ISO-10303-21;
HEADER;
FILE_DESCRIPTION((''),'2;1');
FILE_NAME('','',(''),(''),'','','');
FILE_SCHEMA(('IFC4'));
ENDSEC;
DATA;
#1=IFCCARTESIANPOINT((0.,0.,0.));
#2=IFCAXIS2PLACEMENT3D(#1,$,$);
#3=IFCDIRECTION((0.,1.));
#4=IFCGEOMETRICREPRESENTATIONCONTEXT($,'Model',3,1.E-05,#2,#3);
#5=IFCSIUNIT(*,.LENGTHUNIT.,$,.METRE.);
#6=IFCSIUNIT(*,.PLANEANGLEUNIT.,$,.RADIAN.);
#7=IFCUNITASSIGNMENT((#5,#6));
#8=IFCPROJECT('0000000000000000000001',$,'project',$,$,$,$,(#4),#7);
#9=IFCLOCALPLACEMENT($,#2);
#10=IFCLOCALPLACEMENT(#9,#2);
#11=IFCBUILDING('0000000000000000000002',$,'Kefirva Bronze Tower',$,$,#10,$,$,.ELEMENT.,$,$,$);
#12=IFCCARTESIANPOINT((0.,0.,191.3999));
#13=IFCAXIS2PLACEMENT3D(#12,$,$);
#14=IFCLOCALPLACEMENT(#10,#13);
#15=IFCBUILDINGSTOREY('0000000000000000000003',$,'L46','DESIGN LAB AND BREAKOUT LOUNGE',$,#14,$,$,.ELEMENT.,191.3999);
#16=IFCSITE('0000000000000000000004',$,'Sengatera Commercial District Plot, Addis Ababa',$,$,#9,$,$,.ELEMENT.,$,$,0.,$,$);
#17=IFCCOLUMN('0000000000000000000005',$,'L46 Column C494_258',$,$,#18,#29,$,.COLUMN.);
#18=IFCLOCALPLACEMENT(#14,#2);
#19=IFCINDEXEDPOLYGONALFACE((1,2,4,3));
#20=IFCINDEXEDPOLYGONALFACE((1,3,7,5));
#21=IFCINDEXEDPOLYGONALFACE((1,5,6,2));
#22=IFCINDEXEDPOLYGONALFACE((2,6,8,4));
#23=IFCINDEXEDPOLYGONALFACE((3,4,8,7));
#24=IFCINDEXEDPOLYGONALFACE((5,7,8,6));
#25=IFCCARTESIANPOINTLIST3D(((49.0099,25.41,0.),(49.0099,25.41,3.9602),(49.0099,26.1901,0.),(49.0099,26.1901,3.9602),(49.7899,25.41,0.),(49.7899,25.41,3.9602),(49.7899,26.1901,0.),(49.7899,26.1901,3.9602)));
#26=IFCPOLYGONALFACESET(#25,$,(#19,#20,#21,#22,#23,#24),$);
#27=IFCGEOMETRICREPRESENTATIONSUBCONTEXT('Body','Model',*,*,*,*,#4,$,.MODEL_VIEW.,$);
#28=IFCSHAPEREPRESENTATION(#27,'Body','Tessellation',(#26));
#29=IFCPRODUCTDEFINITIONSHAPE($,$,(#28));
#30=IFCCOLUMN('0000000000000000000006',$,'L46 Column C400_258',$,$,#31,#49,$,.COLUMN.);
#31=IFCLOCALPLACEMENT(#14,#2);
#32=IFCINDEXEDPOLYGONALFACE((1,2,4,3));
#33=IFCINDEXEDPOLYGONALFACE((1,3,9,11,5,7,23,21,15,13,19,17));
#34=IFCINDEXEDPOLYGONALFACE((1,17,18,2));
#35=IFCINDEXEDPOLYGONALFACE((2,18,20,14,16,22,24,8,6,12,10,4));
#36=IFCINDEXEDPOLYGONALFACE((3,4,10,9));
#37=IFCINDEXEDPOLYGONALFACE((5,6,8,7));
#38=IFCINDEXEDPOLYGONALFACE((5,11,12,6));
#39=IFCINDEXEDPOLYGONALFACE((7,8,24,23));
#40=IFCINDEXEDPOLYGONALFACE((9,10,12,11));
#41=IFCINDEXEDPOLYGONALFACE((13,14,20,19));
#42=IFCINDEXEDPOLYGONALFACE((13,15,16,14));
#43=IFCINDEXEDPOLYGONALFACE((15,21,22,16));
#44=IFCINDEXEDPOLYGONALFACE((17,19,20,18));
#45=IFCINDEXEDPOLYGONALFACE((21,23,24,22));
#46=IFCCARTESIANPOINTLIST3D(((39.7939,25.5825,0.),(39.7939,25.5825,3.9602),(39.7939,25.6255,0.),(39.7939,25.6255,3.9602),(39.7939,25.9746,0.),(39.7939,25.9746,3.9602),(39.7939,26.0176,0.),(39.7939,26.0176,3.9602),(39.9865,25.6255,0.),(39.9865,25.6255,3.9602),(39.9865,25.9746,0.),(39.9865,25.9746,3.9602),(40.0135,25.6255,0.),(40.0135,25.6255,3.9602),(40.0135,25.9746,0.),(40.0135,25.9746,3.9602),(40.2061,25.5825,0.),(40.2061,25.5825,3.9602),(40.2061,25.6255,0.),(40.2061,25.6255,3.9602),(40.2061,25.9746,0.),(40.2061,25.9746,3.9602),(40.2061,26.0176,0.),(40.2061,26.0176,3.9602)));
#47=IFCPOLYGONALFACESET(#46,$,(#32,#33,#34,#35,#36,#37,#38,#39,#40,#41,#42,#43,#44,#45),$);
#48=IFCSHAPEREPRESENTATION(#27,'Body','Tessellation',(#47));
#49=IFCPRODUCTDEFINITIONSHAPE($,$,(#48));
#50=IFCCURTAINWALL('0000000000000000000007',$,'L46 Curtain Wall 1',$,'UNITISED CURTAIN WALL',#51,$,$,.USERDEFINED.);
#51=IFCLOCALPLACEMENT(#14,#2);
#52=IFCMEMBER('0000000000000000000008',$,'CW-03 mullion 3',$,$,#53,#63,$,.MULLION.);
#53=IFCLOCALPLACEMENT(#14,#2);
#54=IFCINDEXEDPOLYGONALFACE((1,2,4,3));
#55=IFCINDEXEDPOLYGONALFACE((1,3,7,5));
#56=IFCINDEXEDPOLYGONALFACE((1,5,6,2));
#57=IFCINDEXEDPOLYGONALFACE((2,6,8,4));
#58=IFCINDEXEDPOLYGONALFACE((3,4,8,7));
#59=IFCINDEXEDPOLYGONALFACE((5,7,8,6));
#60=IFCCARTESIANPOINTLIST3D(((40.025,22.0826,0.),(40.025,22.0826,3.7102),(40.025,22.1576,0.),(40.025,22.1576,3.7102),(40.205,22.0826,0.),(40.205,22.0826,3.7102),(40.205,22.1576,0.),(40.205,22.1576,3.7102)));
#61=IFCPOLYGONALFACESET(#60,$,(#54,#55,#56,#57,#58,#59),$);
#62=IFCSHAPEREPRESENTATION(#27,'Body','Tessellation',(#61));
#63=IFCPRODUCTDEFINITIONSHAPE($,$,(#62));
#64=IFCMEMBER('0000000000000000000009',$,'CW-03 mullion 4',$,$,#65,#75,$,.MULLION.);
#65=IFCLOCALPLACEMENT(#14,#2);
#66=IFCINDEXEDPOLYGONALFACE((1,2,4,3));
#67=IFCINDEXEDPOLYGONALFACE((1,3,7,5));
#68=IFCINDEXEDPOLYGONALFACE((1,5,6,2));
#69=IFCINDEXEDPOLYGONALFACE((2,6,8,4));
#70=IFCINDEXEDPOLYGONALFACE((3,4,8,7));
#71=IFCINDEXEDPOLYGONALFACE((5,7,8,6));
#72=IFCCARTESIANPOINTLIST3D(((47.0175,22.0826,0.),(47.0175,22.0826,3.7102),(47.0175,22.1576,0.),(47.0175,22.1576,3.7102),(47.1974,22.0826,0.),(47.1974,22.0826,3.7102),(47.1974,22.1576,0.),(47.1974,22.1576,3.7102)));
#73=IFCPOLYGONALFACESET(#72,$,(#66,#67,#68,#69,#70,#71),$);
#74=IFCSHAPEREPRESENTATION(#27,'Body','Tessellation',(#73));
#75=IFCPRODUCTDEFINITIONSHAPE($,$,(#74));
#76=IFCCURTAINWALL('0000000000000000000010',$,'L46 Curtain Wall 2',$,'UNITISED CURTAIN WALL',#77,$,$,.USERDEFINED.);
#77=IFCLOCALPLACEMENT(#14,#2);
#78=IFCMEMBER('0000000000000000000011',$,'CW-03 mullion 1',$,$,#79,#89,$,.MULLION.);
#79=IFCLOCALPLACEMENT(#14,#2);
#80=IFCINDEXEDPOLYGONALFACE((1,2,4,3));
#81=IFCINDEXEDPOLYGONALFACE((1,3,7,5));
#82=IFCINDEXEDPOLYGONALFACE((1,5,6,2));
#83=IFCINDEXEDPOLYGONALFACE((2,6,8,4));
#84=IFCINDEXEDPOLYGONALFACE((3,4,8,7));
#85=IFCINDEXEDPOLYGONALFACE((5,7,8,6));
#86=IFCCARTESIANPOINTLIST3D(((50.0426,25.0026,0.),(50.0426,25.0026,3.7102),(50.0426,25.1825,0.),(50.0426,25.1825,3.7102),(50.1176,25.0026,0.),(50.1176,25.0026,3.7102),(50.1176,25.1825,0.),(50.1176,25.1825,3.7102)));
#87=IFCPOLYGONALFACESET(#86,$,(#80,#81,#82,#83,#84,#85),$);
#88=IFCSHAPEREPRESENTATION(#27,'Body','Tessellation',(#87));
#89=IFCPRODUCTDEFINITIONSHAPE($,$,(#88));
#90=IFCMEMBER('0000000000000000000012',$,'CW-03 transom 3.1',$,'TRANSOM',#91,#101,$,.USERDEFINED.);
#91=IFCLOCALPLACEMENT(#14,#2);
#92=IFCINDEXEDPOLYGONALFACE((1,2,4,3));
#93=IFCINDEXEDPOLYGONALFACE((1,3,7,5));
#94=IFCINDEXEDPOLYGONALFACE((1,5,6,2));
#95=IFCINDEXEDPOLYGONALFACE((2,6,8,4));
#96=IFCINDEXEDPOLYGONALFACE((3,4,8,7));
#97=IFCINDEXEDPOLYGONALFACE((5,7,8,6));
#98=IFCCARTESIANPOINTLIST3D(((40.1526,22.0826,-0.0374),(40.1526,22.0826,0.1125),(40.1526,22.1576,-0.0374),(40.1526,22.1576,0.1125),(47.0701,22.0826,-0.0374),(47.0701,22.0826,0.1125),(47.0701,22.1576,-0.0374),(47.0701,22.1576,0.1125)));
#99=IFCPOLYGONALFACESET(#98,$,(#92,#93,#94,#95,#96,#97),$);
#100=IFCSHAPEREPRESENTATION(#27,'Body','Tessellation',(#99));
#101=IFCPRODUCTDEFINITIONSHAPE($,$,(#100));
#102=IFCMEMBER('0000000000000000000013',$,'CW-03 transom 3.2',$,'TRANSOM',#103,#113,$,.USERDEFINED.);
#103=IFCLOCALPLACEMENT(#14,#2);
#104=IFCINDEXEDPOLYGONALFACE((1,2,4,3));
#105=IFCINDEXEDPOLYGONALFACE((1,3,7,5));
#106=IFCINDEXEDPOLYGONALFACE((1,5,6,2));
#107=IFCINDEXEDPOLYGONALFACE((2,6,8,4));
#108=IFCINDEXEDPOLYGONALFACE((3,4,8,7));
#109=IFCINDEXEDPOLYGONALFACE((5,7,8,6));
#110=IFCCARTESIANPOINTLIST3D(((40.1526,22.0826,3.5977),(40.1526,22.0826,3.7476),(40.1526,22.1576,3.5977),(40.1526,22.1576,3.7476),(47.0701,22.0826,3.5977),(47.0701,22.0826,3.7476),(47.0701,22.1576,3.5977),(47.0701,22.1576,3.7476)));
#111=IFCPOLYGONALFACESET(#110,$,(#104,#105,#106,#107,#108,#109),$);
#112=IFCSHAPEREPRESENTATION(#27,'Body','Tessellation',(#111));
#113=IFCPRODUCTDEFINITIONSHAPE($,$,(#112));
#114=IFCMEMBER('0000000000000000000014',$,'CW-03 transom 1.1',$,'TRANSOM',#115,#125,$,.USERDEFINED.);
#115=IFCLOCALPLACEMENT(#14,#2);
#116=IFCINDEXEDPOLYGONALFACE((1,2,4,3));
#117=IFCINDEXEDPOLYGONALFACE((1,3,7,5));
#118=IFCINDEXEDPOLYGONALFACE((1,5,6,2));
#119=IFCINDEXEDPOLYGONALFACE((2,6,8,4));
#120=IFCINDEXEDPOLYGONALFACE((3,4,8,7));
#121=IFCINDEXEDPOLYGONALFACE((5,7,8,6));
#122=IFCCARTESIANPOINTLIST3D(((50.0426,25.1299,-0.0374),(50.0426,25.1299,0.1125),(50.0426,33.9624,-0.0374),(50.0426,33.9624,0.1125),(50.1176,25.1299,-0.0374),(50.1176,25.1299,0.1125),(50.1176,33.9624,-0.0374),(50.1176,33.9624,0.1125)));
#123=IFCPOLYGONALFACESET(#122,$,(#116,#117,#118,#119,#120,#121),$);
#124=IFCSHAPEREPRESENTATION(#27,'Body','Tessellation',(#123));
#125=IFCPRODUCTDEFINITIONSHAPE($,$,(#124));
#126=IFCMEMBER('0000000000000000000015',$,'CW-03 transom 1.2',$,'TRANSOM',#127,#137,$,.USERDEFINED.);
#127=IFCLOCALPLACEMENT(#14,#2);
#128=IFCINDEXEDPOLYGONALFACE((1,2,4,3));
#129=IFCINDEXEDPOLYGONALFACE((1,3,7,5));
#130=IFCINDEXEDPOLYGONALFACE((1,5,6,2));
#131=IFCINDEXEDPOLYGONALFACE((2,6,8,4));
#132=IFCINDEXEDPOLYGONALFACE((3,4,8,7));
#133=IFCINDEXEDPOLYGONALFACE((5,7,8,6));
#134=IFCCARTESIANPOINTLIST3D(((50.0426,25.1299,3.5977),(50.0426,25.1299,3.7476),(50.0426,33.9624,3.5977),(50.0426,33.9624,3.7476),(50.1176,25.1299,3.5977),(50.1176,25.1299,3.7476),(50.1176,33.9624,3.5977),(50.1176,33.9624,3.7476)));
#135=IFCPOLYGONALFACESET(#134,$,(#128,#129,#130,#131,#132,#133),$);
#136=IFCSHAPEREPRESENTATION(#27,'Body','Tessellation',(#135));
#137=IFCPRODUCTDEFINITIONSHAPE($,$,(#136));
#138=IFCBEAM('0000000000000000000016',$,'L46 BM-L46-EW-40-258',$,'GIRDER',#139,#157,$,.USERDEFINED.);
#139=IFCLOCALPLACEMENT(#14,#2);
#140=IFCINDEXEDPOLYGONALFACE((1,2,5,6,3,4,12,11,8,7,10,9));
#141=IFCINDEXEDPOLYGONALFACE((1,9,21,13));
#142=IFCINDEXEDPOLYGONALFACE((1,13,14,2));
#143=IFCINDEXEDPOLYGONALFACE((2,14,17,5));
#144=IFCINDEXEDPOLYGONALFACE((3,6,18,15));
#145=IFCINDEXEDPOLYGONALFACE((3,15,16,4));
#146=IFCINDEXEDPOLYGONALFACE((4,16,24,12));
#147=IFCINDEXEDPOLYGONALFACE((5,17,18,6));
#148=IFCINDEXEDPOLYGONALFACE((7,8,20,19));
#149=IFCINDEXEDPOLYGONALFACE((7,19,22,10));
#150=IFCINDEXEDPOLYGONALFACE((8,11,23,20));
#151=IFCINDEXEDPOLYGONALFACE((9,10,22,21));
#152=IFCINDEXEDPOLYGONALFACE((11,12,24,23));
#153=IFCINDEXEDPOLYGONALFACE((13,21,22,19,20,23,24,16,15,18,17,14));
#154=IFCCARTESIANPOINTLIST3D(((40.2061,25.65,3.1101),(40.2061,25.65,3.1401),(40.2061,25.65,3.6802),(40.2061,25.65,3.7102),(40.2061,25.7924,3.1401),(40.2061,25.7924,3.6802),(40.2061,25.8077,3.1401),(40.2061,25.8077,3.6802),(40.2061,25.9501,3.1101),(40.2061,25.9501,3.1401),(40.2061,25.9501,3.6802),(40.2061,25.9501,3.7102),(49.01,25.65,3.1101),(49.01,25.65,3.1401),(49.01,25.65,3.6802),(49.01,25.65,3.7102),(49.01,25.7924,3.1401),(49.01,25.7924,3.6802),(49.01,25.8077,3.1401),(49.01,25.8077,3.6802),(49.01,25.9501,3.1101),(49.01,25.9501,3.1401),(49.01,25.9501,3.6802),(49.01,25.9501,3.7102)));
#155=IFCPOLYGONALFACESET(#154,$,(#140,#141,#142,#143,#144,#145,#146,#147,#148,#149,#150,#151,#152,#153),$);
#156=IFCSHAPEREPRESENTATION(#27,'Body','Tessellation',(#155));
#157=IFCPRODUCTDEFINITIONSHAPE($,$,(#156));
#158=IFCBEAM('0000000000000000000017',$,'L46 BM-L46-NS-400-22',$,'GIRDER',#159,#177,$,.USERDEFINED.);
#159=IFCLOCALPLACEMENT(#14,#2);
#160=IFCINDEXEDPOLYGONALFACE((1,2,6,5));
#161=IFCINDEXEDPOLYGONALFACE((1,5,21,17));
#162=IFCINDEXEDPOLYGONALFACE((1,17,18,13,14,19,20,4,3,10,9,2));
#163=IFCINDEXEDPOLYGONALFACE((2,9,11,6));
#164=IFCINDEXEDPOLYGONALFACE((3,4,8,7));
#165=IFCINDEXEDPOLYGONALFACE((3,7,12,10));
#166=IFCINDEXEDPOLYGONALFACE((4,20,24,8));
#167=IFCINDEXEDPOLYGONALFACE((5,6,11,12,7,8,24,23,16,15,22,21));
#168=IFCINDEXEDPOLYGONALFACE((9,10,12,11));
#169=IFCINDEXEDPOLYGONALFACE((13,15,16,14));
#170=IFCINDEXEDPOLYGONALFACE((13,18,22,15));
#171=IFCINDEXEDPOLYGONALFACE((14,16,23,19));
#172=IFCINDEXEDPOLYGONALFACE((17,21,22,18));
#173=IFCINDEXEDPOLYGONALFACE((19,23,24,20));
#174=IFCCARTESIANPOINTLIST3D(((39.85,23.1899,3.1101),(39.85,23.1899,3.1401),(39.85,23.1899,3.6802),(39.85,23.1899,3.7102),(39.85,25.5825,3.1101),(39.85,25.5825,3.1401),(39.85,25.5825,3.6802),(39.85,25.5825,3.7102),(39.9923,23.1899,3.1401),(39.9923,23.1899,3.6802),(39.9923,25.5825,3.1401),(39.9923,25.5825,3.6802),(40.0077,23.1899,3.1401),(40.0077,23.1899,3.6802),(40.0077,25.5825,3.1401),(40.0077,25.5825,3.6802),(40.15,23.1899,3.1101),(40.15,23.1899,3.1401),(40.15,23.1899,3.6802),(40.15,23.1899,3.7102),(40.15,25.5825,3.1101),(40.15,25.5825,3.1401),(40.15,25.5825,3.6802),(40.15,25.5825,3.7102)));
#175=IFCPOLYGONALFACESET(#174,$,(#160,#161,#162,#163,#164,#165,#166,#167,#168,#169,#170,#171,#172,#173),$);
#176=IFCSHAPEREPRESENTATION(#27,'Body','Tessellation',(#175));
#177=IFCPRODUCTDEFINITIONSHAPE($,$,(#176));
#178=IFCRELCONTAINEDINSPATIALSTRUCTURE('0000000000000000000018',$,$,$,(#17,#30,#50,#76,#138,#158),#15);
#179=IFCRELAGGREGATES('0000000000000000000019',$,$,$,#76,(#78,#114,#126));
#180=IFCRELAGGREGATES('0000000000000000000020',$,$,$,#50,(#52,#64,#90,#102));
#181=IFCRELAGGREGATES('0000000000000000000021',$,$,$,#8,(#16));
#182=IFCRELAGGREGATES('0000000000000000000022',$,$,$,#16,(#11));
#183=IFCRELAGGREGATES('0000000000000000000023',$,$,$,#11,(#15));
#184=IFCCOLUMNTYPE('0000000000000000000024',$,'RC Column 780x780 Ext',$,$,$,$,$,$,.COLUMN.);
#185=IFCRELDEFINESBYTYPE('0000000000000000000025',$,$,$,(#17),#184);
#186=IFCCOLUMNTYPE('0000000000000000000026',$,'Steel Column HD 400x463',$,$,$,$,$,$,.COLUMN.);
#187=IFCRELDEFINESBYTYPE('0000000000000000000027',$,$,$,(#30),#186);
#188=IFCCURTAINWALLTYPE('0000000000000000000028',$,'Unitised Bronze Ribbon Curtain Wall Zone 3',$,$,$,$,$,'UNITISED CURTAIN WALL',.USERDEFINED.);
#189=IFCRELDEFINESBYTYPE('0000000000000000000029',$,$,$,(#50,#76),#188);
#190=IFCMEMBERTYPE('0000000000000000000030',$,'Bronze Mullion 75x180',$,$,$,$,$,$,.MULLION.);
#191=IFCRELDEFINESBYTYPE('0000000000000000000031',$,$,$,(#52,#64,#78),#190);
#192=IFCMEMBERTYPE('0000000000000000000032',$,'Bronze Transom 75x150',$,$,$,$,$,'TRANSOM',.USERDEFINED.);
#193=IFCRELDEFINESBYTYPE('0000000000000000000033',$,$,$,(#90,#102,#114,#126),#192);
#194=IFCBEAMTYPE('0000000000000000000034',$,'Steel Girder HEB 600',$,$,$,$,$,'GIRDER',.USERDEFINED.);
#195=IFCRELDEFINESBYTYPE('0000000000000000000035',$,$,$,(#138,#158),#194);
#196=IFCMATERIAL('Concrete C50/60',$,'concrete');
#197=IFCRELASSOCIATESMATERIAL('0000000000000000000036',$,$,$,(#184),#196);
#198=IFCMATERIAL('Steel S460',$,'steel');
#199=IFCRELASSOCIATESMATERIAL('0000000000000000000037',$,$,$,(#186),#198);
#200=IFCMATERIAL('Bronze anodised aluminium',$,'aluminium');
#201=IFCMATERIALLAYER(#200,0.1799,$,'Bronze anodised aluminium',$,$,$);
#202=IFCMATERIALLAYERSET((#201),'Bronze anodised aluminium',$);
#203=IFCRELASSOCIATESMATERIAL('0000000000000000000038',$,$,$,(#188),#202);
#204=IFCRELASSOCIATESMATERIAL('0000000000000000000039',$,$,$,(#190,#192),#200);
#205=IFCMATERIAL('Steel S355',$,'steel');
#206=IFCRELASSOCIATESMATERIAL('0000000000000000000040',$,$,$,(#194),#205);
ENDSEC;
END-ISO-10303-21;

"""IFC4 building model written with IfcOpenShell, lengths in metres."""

from ifc_helpers import new_model, si_unit, direction, frame, origin, origin_2d, place, context, subcontext, project, spatial, rectangle, i_section, extrude, material, layer, layer_set, material_profile, profile_set, type_object, element, aggregate, save


model = new_model("IFC4")

# Units and contexts
model_context = context("Model", 3, precision=1e-05, world=origin(), true_north=direction((0.0, 1.0)))
body_context = subcontext(model_context, "Body", "Model", "MODEL_VIEW")
ifc_project = project(units=[si_unit("LENGTHUNIT", "METRE"), si_unit("PLANEANGLEUNIT", "RADIAN")], contexts=[model_context])

# Site, building, storey
site_placement = place(None, origin())
site = spatial("IfcSite", under=ifc_project, at=site_placement, Name="Sengatera Commercial District Plot, Addis Ababa", CompositionType="ELEMENT", RefElevation=0.0)
building_placement = place(site_placement, origin())
building = spatial("IfcBuilding", under=site, at=building_placement, Name="Kefirva Bronze Tower", CompositionType="ELEMENT")
storey_placement = place(building_placement, frame((0.0, 0.0, 191.3999)))
storey = spatial("IfcBuildingStorey", under=building, at=storey_placement, Name="L46", Description="DESIGN LAB AND BREAKOUT LOUNGE", CompositionType="ELEMENT", Elevation=191.3999)

# Columns
ifc_material_1 = material(Name="Concrete C50/60", Category="concrete")
ifc_material_profile_1 = material_profile(ifc_material_1, rectangle(XDim=0.78, YDim=0.78, at=origin_2d()), Name="RC 780x780")
ifc_profile_set_1 = profile_set([ifc_material_profile_1], Name="Concrete C50/60")
column_type_1 = type_object("IfcColumnType", Name="RC Column 780x780 Ext", PredefinedType="COLUMN", material=ifc_profile_set_1)
column_1_placement = place(storey_placement, frame((49.3999, 25.8, 0.0), z_axis=(0.0, 0.0, 1.0), x_axis=(1.0, 0.0, 0.0)))
element("IfcColumn", 1, at=column_1_placement, inside=storey, type_object=column_type_1, Name="L46 Column C494_258", PredefinedType="COLUMN", context=body_context, shape_type="SweptSolid", body=[
    extrude(rectangle(XDim=0.78, YDim=0.78, at=origin_2d()), origin(), (0.0, 0.0, 1.0), 3.9602),
])
ifc_material_2 = material(Name="Steel S460", Category="steel")
ifc_material_profile_2 = material_profile(ifc_material_2, i_section(OverallWidth=0.4121, OverallDepth=0.4351, WebThickness=0.0271, FlangeThickness=0.043, at=origin_2d()), Name="HD 400x463")
ifc_profile_set_2 = profile_set([ifc_material_profile_2], Name="Steel S460")
column_type_2 = type_object("IfcColumnType", Name="Steel Column HD 400x463", PredefinedType="COLUMN", material=ifc_profile_set_2)
column_2_placement = place(storey_placement, frame((40.0, 25.8, 0.0), z_axis=(0.0, 0.0, 1.0), x_axis=(1.0, 0.0, 0.0)))
element("IfcColumn", 2, at=column_2_placement, inside=storey, type_object=column_type_2, Name="L46 Column C400_258", PredefinedType="COLUMN", context=body_context, shape_type="SweptSolid", body=[
    extrude(i_section(OverallWidth=0.4121, OverallDepth=0.4351, WebThickness=0.0271, FlangeThickness=0.043, at=origin_2d()), origin(), (0.0, 0.0, 1.0), 3.9602),
])

# Curtain wall, members
ifc_material_3 = material(Name="Bronze anodised aluminium", Category="aluminium")
ifc_layer_1 = layer(ifc_material_3, 0.1799, Name="Bronze anodised aluminium")
ifc_layer_set_1 = layer_set([ifc_layer_1], Name="Bronze anodised aluminium")
curtain_wall_type = type_object("IfcCurtainWallType", Name="Unitised Bronze Ribbon Curtain Wall Zone 3", ElementType="UNITISED CURTAIN WALL", PredefinedType="USERDEFINED", material=ifc_layer_set_1)
curtain_wall_1_placement = place(storey_placement, origin())
curtain_wall_1 = element("IfcCurtainWall", 3, at=curtain_wall_1_placement, inside=storey, type_object=curtain_wall_type, Name="L46 Curtain Wall 1", ObjectType="UNITISED CURTAIN WALL", PredefinedType="USERDEFINED")
ifc_material_profile_3 = material_profile(ifc_material_3, rectangle(XDim=0.075, YDim=0.1799, at=origin_2d()), Name="ALU 75x180")
ifc_profile_set_3 = profile_set([ifc_material_profile_3], Name="Bronze anodised aluminium")
member_type_1 = type_object("IfcMemberType", Name="Bronze Mullion 75x180", PredefinedType="MULLION", material=ifc_profile_set_3)
member_1_placement = place(storey_placement, frame((40.115, 22.1201, 0.0), z_axis=(0.0, 0.0, 1.0), x_axis=(0.0, 1.0, 0.0)))
member_1 = element("IfcMember", 4, at=member_1_placement, type_object=member_type_1, Name="CW-03 mullion 3", PredefinedType="MULLION", context=body_context, shape_type="SweptSolid", body=[
    extrude(rectangle(XDim=0.075, YDim=0.1799, at=origin_2d()), origin(), (0.0, 0.0, 1.0), 3.7102),
])
member_2_placement = place(storey_placement, frame((47.1074, 22.1201, 0.0), z_axis=(0.0, 0.0, 1.0), x_axis=(0.0, 1.0, 0.0)))
member_2 = element("IfcMember", 5, at=member_2_placement, type_object=member_type_1, Name="CW-03 mullion 4", PredefinedType="MULLION", context=body_context, shape_type="SweptSolid", body=[
    extrude(rectangle(XDim=0.075, YDim=0.1799, at=origin_2d()), origin(), (0.0, 0.0, 1.0), 3.7102),
])

# Curtain wall, member
curtain_wall_2_placement = place(storey_placement, origin())
curtain_wall_2 = element("IfcCurtainWall", 6, at=curtain_wall_2_placement, inside=storey, type_object=curtain_wall_type, Name="L46 Curtain Wall 2", ObjectType="UNITISED CURTAIN WALL", PredefinedType="USERDEFINED")
member_3_placement = place(storey_placement, frame((50.0801, 25.0925, 0.0), z_axis=(0.0, 0.0, 1.0), x_axis=(-1.0, 0.0, 0.0)))
member_3 = element("IfcMember", 7, at=member_3_placement, type_object=member_type_1, Name="CW-03 mullion 1", PredefinedType="MULLION", context=body_context, shape_type="SweptSolid", body=[
    extrude(rectangle(XDim=0.075, YDim=0.1799, at=origin_2d()), origin(), (0.0, 0.0, 1.0), 3.7102),
])

# Members
ifc_material_profile_4 = material_profile(ifc_material_3, rectangle(XDim=0.075, YDim=0.1499, at=origin_2d()), Name="ALU 75x150")
ifc_profile_set_4 = profile_set([ifc_material_profile_4], Name="Bronze anodised aluminium")
member_type_2 = type_object("IfcMemberType", Name="Bronze Transom 75x150", ElementType="TRANSOM", PredefinedType="USERDEFINED", material=ifc_profile_set_4)
member_4_placement = place(storey_placement, frame((40.1526, 22.1201, 0.0376), z_axis=(1.0, 0.0, 0.0), x_axis=(0.0, 1.0, 0.0)))
member_4 = element("IfcMember", 8, at=member_4_placement, type_object=member_type_2, Name="CW-03 transom 3.1", ObjectType="TRANSOM", PredefinedType="USERDEFINED", context=body_context, shape_type="SweptSolid", body=[
    extrude(rectangle(XDim=0.075, YDim=0.1499, at=origin_2d()), origin(), (0.0, 0.0, 1.0), 6.9175),
])
member_5_placement = place(storey_placement, frame((40.1526, 22.1201, 3.6726), z_axis=(1.0, 0.0, 0.0), x_axis=(0.0, 1.0, 0.0)))
member_5 = element("IfcMember", 9, at=member_5_placement, type_object=member_type_2, Name="CW-03 transom 3.2", ObjectType="TRANSOM", PredefinedType="USERDEFINED", context=body_context, shape_type="SweptSolid", body=[
    extrude(rectangle(XDim=0.075, YDim=0.1499, at=origin_2d()), origin(), (0.0, 0.0, 1.0), 6.9175),
])
member_6_placement = place(storey_placement, frame((50.0801, 25.1299, 0.0376), z_axis=(0.0, 1.0, 0.0), x_axis=(-1.0, 0.0, 0.0)))
member_6 = element("IfcMember", 10, at=member_6_placement, type_object=member_type_2, Name="CW-03 transom 1.1", ObjectType="TRANSOM", PredefinedType="USERDEFINED", context=body_context, shape_type="SweptSolid", body=[
    extrude(rectangle(XDim=0.075, YDim=0.1499, at=origin_2d()), origin(), (0.0, 0.0, 1.0), 8.8325),
])
member_7_placement = place(storey_placement, frame((50.0801, 25.1299, 3.6726), z_axis=(0.0, 1.0, 0.0), x_axis=(-1.0, 0.0, 0.0)))
member_7 = element("IfcMember", 11, at=member_7_placement, type_object=member_type_2, Name="CW-03 transom 1.2", ObjectType="TRANSOM", PredefinedType="USERDEFINED", context=body_context, shape_type="SweptSolid", body=[
    extrude(rectangle(XDim=0.075, YDim=0.1499, at=origin_2d()), origin(), (0.0, 0.0, 1.0), 8.8325),
])
aggregate(curtain_wall_2, [member_3, member_6, member_7])

# Beams
ifc_material_4 = material(Name="Steel S355", Category="steel")
ifc_material_profile_5 = material_profile(ifc_material_4, i_section(OverallWidth=0.3, OverallDepth=0.6001, WebThickness=0.0154, FlangeThickness=0.03, at=origin_2d()), Name="HEB 600")
ifc_profile_set_5 = profile_set([ifc_material_profile_5], Name="Steel S355")
beam_type = type_object("IfcBeamType", Name="Steel Girder HEB 600", ElementType="GIRDER", PredefinedType="USERDEFINED", material=ifc_profile_set_5)
beam_1_placement = place(storey_placement, frame((40.2061, 25.8, 3.4102), z_axis=(1.0, 0.0, 0.0), x_axis=(0.0, 1.0, 0.0)))
element("IfcBeam", 12, at=beam_1_placement, inside=storey, type_object=beam_type, Name="L46 BM-L46-EW-40-258", ObjectType="GIRDER", PredefinedType="USERDEFINED", context=body_context, shape_type="SweptSolid", body=[
    extrude(i_section(OverallWidth=0.3, OverallDepth=0.6001, WebThickness=0.0154, FlangeThickness=0.03, at=origin_2d()), origin(), (0.0, 0.0, 1.0), 8.804),
])
beam_2_placement = place(storey_placement, frame((40.0, 23.1899, 3.4102), z_axis=(0.0, 1.0, 0.0), x_axis=(-1.0, 0.0, 0.0)))
element("IfcBeam", 13, at=beam_2_placement, inside=storey, type_object=beam_type, Name="L46 BM-L46-NS-400-22", ObjectType="GIRDER", PredefinedType="USERDEFINED", context=body_context, shape_type="SweptSolid", body=[
    extrude(i_section(OverallWidth=0.3, OverallDepth=0.6001, WebThickness=0.0154, FlangeThickness=0.03, at=origin_2d()), origin(), (0.0, 0.0, 1.0), 2.3926),
])

aggregate(curtain_wall_1, [member_1, member_2, member_4, member_5])

save(model, "model.ifc")
